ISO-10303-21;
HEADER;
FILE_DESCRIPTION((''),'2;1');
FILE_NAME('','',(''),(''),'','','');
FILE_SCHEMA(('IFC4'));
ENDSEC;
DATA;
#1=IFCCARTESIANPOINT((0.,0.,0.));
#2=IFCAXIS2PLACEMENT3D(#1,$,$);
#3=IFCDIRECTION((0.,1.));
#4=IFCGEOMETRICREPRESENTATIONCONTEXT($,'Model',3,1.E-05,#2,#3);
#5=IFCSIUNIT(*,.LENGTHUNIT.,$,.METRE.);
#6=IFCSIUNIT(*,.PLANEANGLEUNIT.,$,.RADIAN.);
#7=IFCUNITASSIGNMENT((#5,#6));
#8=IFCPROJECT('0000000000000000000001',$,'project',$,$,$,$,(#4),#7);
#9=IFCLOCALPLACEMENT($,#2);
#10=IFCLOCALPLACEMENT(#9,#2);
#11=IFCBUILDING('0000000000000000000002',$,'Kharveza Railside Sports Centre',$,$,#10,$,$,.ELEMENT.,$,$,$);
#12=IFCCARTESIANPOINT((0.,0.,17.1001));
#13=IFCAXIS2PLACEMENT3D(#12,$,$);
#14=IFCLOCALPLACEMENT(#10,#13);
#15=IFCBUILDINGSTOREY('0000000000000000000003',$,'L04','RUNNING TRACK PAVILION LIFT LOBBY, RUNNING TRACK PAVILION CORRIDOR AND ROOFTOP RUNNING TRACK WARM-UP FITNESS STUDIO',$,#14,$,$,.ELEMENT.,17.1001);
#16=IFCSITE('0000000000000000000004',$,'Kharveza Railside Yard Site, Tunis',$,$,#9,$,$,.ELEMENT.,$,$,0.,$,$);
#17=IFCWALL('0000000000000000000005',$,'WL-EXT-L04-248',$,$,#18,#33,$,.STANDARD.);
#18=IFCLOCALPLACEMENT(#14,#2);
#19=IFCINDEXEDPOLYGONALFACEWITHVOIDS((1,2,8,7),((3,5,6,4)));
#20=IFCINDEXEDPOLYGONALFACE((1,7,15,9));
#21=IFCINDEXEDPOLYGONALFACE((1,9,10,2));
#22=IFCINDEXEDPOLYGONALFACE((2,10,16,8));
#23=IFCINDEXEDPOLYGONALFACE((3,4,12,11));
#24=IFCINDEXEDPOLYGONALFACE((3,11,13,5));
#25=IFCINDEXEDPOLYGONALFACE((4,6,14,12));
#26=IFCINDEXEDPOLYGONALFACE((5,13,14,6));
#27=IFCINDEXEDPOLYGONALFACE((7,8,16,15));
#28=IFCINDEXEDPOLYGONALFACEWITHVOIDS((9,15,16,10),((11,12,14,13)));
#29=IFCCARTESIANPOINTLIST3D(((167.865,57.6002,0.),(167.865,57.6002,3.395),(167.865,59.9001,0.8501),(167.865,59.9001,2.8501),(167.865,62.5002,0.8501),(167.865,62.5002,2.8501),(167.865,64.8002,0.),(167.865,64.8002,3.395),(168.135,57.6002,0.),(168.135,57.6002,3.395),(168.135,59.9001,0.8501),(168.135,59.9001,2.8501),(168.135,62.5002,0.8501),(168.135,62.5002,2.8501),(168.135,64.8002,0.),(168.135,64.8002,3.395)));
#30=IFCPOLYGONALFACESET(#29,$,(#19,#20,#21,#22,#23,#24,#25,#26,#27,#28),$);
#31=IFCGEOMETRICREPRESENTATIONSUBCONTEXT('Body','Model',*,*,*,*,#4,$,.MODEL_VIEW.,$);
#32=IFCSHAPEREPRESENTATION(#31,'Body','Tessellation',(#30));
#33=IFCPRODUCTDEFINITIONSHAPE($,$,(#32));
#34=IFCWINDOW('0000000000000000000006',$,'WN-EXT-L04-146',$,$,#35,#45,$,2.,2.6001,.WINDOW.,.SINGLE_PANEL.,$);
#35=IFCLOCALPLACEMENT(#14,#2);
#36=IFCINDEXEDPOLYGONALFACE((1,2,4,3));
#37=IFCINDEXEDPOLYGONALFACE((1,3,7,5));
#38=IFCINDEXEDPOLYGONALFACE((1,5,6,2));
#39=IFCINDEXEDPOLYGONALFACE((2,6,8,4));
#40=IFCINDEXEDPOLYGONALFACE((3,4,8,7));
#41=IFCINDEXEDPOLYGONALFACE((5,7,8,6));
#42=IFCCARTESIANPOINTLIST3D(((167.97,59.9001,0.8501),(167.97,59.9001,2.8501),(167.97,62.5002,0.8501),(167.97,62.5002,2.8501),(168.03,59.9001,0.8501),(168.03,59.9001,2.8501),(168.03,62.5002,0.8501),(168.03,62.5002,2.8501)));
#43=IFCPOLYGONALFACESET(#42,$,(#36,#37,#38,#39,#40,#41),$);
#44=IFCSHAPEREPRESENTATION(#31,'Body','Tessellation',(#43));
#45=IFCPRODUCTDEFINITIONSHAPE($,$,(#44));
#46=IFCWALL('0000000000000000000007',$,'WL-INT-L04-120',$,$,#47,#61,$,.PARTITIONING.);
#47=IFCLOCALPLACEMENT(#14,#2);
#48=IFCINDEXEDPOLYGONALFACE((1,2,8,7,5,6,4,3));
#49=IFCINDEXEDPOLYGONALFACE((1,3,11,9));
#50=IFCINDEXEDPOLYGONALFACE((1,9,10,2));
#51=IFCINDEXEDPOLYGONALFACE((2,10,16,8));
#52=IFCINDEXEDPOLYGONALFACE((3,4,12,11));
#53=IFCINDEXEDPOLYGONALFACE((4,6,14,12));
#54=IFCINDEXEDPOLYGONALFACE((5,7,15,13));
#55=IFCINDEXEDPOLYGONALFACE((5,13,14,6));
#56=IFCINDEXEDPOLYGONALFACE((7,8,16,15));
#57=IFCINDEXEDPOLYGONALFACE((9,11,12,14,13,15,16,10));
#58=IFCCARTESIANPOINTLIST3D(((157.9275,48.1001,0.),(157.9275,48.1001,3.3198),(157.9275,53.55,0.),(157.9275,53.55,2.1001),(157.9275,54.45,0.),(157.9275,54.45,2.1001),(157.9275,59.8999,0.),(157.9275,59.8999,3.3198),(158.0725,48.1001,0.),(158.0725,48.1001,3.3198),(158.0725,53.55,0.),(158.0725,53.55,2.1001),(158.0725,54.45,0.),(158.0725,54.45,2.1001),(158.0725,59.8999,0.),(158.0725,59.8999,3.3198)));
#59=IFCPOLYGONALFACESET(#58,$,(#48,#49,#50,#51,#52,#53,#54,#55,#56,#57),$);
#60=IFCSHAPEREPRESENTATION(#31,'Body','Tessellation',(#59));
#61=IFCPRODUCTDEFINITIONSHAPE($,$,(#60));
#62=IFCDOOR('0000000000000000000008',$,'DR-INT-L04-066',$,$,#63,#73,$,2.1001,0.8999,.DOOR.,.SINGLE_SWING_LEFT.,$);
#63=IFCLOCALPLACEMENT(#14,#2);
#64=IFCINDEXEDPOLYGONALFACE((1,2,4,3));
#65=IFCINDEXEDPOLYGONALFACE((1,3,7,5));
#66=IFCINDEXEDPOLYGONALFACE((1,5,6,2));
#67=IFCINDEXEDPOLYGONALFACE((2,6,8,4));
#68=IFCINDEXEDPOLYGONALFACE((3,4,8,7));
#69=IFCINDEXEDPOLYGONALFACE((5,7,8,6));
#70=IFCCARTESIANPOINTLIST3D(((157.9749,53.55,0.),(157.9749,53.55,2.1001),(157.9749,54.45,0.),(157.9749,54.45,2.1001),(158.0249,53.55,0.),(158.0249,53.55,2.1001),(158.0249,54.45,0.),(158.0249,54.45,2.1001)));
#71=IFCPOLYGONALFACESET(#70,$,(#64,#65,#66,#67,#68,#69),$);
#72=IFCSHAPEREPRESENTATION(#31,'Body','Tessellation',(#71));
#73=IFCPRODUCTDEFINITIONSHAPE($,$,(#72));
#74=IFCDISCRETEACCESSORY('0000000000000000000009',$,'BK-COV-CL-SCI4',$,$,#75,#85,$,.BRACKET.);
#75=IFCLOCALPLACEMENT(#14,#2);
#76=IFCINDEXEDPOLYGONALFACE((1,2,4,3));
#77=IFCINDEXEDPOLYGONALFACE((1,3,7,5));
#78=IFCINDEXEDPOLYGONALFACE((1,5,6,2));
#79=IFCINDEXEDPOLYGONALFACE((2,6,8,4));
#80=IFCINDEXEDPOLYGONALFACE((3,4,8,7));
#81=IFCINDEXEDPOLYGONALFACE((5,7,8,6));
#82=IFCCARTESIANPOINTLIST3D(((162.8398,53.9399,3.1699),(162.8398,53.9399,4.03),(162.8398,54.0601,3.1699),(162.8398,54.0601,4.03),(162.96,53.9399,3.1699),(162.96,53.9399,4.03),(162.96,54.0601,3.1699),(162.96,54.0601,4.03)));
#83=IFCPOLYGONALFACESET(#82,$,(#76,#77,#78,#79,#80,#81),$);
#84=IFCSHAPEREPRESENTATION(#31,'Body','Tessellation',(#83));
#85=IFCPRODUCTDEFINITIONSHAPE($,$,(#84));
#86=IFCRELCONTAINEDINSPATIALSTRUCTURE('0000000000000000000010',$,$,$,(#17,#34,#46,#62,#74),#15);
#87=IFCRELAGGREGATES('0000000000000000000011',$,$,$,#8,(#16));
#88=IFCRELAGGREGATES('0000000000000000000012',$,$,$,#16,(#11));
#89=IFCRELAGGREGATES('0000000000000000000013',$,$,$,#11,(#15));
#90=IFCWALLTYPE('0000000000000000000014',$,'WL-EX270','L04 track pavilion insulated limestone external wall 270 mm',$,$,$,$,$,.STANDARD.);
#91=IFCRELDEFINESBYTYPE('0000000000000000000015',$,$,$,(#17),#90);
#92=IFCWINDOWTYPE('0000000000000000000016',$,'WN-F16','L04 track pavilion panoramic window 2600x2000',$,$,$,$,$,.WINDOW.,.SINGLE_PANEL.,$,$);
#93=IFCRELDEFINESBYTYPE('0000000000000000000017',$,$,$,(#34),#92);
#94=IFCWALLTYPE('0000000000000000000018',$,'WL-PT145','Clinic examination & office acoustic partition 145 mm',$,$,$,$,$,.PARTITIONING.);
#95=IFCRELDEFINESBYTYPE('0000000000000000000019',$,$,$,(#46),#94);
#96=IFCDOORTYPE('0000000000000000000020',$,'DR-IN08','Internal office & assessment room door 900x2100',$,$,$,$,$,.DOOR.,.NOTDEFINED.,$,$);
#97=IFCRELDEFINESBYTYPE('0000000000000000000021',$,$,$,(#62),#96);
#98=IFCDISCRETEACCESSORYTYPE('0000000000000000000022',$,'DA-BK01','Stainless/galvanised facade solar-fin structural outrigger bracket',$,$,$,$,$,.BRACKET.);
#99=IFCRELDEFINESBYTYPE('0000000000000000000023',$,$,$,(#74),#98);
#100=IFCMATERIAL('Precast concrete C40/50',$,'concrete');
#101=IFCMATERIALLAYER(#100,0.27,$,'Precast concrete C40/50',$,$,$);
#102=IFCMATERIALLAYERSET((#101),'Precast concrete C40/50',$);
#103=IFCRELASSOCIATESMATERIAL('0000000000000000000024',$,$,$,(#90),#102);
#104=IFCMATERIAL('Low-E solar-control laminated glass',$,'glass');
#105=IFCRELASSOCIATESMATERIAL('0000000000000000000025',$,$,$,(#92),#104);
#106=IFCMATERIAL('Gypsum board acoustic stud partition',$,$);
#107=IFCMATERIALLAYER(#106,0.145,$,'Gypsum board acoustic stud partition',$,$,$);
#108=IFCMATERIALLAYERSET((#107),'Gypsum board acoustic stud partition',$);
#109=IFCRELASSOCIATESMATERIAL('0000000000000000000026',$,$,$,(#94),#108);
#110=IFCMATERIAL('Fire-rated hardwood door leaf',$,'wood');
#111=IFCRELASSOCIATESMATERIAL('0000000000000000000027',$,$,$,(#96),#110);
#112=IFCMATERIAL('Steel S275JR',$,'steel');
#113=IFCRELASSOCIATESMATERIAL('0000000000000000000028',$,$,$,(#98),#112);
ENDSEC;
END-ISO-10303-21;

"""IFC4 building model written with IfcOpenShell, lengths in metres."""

from ifc_helpers import new_model, si_unit, direction, frame, frame_2d, origin, origin_2d, place, context, subcontext, project, spatial, rectangle, extrude, material, layer, layer_set, type_object, element, fill, save


model = new_model("IFC4")

# Units and contexts
model_context = context("Model", 3, precision=1e-05, world=origin(), true_north=direction((0.0, 1.0)))
body_context = subcontext(model_context, "Body", "Model", "MODEL_VIEW")
ifc_project = project(units=[si_unit("LENGTHUNIT", "METRE"), si_unit("PLANEANGLEUNIT", "RADIAN")], contexts=[model_context])

# Site, building, storey
site_placement = place(None, origin())
site = spatial("IfcSite", under=ifc_project, at=site_placement, Name="Kharveza Railside Yard Site, Tunis", CompositionType="ELEMENT", RefElevation=0.0)
building_placement = place(site_placement, origin())
building = spatial("IfcBuilding", under=site, at=building_placement, Name="Kharveza Railside Sports Centre", CompositionType="ELEMENT")
storey_placement = place(building_placement, frame((0.0, 0.0, 17.1001)))
storey = spatial("IfcBuildingStorey", under=building, at=storey_placement, Name="L04", Description="RUNNING TRACK PAVILION LIFT LOBBY, RUNNING TRACK PAVILION CORRIDOR AND ROOFTOP RUNNING TRACK WARM-UP FITNESS STUDIO", CompositionType="ELEMENT", Elevation=17.1001)

# Shared definitions
ifc_material_1 = material(Name="Low-E solar-control laminated glass", Category="glass")

# Wall, opening, window
ifc_material_2 = material(Name="Precast concrete C40/50", Category="concrete")
ifc_layer_1 = layer(ifc_material_2, 0.27, Name="Precast concrete C40/50")
ifc_layer_set_1 = layer_set([ifc_layer_1], Name="Precast concrete C40/50")
wall_type_1 = type_object("IfcWallType", Name="WL-EX270", Description="L04 track pavilion insulated limestone external wall 270 mm", PredefinedType="STANDARD", material=ifc_layer_set_1)
wall_1_placement = place(storey_placement, frame((168.0, 57.6001, 0.0), z_axis=(0.0, 0.0, 1.0), x_axis=(0.0, 1.0, 0.0)))
wall_1 = element("IfcWall", 1, at=wall_1_placement, inside=storey, type_object=wall_type_1, Name="WL-EXT-L04-248", PredefinedType="STANDARD", context=body_context, shape_type="SweptSolid", body=[
    extrude(rectangle(XDim=7.2, YDim=0.27, at=frame_2d((3.6001, 0.0))), origin(), (0.0, 0.0, 1.0), 3.395),
])
opening_1_placement = place(wall_1_placement, frame((2.3, 0.0, 0.8501)))
opening_1 = element("IfcOpeningElement", 2, at=opening_1_placement, cuts=wall_1, PredefinedType="OPENING", context=body_context, shape_type="SweptSolid", body=[
    extrude(rectangle(XDim=2.6001, YDim=2.0, at=frame_2d((1.3, 1.0))), frame((0.0, 0.1599, 0.0), z_axis=(0.0, -1.0, 0.0), x_axis=(1.0, 0.0, 0.0)), (0.0, 0.0, 1.0), 0.3198),
])
window_type = type_object("IfcWindowType", Name="WN-F16", Description="L04 track pavilion panoramic window 2600x2000", PartitioningType="SINGLE_PANEL", PredefinedType="WINDOW", material=ifc_material_1)
window_placement = place(opening_1_placement, origin())
window = element("IfcWindow", 3, at=window_placement, inside=storey, type_object=window_type, Name="WN-EXT-L04-146", OverallHeight=2.0, OverallWidth=2.6001, PartitioningType="SINGLE_PANEL", PredefinedType="WINDOW", context=body_context, shape_type="SweptSolid", body=[
    extrude(rectangle(XDim=2.6001, YDim=2.0, at=frame_2d((1.3, 1.0))), frame((0.0, 0.03, 0.0), z_axis=(0.0, -1.0, 0.0), x_axis=(1.0, 0.0, 0.0)), (0.0, 0.0, 1.0), 0.0601),
])
fill(opening_1, window)

# Wall, opening, door
ifc_material_3 = material(Name="Gypsum board acoustic stud partition")
ifc_layer_2 = layer(ifc_material_3, 0.145, Name="Gypsum board acoustic stud partition")
ifc_layer_set_2 = layer_set([ifc_layer_2], Name="Gypsum board acoustic stud partition")
wall_type_2 = type_object("IfcWallType", Name="WL-PT145", Description="Clinic examination & office acoustic partition 145 mm", PredefinedType="PARTITIONING", material=ifc_layer_set_2)
wall_2_placement = place(storey_placement, frame((158.0, 48.1001, 0.0), z_axis=(0.0, 0.0, 1.0), x_axis=(0.0, 1.0, 0.0)))
wall_2 = element("IfcWall", 4, at=wall_2_placement, inside=storey, type_object=wall_type_2, Name="WL-INT-L04-120", PredefinedType="PARTITIONING", context=body_context, shape_type="SweptSolid", body=[
    extrude(rectangle(XDim=11.7998, YDim=0.145, at=frame_2d((5.8999, 0.0))), origin(), (0.0, 0.0, 1.0), 3.3198),
])
opening_2_placement = place(wall_2_placement, frame((5.45, 0.0, 0.0)))
opening_2 = element("IfcOpeningElement", 5, at=opening_2_placement, cuts=wall_2, PredefinedType="OPENING", context=body_context, shape_type="SweptSolid", body=[
    extrude(rectangle(XDim=0.8999, YDim=2.1001, at=frame_2d((0.45, 1.05))), frame((0.0, 0.0974, 0.0), z_axis=(0.0, -1.0, 0.0), x_axis=(1.0, 0.0, 0.0)), (0.0, 0.0, 1.0), 0.1948),
])
ifc_material_4 = material(Name="Fire-rated hardwood door leaf", Category="wood")
door_type = type_object("IfcDoorType", Name="DR-IN08", Description="Internal office & assessment room door 900x2100", OperationType="NOTDEFINED", PredefinedType="DOOR", material=ifc_material_4)
door_placement = place(opening_2_placement, frame((0.8999, 0.0, 0.0), z_axis=(0.0, 0.0, 1.0), x_axis=(-1.0, 0.0, 0.0)))
door = element("IfcDoor", 6, at=door_placement, inside=storey, type_object=door_type, Name="DR-INT-L04-066", OperationType="SINGLE_SWING_LEFT", OverallHeight=2.1001, OverallWidth=0.8999, PredefinedType="DOOR", context=body_context, shape_type="SweptSolid", body=[
    extrude(rectangle(XDim=0.8999, YDim=2.1001, at=frame_2d((0.45, 1.05))), frame((0.0, 0.0249, 0.0), z_axis=(0.0, -1.0, 0.0), x_axis=(1.0, 0.0, 0.0)), (0.0, 0.0, 1.0), 0.05),
])
fill(opening_2, door)

# Discrete accessory
ifc_material_5 = material(Name="Steel S275JR", Category="steel")
discrete_accessory_type = type_object("IfcDiscreteAccessoryType", Name="DA-BK01", Description="Stainless/galvanised facade solar-fin structural outrigger bracket", PredefinedType="BRACKET", material=ifc_material_5)
discrete_accessory_placement = place(storey_placement, frame((162.8999, 54.0, 3.1699), z_axis=(0.0, 0.0, 1.0), x_axis=(1.0, 0.0, 0.0)))
element("IfcDiscreteAccessory", 7, at=discrete_accessory_placement, inside=storey, type_object=discrete_accessory_type, Name="BK-COV-CL-SCI4", PredefinedType="BRACKET", context=body_context, shape_type="SweptSolid", body=[
    extrude(rectangle(XDim=0.1201, YDim=0.1201, at=origin_2d()), origin(), (0.0, 0.0, 1.0), 0.8601),
])

save(model, "model.ifc")
